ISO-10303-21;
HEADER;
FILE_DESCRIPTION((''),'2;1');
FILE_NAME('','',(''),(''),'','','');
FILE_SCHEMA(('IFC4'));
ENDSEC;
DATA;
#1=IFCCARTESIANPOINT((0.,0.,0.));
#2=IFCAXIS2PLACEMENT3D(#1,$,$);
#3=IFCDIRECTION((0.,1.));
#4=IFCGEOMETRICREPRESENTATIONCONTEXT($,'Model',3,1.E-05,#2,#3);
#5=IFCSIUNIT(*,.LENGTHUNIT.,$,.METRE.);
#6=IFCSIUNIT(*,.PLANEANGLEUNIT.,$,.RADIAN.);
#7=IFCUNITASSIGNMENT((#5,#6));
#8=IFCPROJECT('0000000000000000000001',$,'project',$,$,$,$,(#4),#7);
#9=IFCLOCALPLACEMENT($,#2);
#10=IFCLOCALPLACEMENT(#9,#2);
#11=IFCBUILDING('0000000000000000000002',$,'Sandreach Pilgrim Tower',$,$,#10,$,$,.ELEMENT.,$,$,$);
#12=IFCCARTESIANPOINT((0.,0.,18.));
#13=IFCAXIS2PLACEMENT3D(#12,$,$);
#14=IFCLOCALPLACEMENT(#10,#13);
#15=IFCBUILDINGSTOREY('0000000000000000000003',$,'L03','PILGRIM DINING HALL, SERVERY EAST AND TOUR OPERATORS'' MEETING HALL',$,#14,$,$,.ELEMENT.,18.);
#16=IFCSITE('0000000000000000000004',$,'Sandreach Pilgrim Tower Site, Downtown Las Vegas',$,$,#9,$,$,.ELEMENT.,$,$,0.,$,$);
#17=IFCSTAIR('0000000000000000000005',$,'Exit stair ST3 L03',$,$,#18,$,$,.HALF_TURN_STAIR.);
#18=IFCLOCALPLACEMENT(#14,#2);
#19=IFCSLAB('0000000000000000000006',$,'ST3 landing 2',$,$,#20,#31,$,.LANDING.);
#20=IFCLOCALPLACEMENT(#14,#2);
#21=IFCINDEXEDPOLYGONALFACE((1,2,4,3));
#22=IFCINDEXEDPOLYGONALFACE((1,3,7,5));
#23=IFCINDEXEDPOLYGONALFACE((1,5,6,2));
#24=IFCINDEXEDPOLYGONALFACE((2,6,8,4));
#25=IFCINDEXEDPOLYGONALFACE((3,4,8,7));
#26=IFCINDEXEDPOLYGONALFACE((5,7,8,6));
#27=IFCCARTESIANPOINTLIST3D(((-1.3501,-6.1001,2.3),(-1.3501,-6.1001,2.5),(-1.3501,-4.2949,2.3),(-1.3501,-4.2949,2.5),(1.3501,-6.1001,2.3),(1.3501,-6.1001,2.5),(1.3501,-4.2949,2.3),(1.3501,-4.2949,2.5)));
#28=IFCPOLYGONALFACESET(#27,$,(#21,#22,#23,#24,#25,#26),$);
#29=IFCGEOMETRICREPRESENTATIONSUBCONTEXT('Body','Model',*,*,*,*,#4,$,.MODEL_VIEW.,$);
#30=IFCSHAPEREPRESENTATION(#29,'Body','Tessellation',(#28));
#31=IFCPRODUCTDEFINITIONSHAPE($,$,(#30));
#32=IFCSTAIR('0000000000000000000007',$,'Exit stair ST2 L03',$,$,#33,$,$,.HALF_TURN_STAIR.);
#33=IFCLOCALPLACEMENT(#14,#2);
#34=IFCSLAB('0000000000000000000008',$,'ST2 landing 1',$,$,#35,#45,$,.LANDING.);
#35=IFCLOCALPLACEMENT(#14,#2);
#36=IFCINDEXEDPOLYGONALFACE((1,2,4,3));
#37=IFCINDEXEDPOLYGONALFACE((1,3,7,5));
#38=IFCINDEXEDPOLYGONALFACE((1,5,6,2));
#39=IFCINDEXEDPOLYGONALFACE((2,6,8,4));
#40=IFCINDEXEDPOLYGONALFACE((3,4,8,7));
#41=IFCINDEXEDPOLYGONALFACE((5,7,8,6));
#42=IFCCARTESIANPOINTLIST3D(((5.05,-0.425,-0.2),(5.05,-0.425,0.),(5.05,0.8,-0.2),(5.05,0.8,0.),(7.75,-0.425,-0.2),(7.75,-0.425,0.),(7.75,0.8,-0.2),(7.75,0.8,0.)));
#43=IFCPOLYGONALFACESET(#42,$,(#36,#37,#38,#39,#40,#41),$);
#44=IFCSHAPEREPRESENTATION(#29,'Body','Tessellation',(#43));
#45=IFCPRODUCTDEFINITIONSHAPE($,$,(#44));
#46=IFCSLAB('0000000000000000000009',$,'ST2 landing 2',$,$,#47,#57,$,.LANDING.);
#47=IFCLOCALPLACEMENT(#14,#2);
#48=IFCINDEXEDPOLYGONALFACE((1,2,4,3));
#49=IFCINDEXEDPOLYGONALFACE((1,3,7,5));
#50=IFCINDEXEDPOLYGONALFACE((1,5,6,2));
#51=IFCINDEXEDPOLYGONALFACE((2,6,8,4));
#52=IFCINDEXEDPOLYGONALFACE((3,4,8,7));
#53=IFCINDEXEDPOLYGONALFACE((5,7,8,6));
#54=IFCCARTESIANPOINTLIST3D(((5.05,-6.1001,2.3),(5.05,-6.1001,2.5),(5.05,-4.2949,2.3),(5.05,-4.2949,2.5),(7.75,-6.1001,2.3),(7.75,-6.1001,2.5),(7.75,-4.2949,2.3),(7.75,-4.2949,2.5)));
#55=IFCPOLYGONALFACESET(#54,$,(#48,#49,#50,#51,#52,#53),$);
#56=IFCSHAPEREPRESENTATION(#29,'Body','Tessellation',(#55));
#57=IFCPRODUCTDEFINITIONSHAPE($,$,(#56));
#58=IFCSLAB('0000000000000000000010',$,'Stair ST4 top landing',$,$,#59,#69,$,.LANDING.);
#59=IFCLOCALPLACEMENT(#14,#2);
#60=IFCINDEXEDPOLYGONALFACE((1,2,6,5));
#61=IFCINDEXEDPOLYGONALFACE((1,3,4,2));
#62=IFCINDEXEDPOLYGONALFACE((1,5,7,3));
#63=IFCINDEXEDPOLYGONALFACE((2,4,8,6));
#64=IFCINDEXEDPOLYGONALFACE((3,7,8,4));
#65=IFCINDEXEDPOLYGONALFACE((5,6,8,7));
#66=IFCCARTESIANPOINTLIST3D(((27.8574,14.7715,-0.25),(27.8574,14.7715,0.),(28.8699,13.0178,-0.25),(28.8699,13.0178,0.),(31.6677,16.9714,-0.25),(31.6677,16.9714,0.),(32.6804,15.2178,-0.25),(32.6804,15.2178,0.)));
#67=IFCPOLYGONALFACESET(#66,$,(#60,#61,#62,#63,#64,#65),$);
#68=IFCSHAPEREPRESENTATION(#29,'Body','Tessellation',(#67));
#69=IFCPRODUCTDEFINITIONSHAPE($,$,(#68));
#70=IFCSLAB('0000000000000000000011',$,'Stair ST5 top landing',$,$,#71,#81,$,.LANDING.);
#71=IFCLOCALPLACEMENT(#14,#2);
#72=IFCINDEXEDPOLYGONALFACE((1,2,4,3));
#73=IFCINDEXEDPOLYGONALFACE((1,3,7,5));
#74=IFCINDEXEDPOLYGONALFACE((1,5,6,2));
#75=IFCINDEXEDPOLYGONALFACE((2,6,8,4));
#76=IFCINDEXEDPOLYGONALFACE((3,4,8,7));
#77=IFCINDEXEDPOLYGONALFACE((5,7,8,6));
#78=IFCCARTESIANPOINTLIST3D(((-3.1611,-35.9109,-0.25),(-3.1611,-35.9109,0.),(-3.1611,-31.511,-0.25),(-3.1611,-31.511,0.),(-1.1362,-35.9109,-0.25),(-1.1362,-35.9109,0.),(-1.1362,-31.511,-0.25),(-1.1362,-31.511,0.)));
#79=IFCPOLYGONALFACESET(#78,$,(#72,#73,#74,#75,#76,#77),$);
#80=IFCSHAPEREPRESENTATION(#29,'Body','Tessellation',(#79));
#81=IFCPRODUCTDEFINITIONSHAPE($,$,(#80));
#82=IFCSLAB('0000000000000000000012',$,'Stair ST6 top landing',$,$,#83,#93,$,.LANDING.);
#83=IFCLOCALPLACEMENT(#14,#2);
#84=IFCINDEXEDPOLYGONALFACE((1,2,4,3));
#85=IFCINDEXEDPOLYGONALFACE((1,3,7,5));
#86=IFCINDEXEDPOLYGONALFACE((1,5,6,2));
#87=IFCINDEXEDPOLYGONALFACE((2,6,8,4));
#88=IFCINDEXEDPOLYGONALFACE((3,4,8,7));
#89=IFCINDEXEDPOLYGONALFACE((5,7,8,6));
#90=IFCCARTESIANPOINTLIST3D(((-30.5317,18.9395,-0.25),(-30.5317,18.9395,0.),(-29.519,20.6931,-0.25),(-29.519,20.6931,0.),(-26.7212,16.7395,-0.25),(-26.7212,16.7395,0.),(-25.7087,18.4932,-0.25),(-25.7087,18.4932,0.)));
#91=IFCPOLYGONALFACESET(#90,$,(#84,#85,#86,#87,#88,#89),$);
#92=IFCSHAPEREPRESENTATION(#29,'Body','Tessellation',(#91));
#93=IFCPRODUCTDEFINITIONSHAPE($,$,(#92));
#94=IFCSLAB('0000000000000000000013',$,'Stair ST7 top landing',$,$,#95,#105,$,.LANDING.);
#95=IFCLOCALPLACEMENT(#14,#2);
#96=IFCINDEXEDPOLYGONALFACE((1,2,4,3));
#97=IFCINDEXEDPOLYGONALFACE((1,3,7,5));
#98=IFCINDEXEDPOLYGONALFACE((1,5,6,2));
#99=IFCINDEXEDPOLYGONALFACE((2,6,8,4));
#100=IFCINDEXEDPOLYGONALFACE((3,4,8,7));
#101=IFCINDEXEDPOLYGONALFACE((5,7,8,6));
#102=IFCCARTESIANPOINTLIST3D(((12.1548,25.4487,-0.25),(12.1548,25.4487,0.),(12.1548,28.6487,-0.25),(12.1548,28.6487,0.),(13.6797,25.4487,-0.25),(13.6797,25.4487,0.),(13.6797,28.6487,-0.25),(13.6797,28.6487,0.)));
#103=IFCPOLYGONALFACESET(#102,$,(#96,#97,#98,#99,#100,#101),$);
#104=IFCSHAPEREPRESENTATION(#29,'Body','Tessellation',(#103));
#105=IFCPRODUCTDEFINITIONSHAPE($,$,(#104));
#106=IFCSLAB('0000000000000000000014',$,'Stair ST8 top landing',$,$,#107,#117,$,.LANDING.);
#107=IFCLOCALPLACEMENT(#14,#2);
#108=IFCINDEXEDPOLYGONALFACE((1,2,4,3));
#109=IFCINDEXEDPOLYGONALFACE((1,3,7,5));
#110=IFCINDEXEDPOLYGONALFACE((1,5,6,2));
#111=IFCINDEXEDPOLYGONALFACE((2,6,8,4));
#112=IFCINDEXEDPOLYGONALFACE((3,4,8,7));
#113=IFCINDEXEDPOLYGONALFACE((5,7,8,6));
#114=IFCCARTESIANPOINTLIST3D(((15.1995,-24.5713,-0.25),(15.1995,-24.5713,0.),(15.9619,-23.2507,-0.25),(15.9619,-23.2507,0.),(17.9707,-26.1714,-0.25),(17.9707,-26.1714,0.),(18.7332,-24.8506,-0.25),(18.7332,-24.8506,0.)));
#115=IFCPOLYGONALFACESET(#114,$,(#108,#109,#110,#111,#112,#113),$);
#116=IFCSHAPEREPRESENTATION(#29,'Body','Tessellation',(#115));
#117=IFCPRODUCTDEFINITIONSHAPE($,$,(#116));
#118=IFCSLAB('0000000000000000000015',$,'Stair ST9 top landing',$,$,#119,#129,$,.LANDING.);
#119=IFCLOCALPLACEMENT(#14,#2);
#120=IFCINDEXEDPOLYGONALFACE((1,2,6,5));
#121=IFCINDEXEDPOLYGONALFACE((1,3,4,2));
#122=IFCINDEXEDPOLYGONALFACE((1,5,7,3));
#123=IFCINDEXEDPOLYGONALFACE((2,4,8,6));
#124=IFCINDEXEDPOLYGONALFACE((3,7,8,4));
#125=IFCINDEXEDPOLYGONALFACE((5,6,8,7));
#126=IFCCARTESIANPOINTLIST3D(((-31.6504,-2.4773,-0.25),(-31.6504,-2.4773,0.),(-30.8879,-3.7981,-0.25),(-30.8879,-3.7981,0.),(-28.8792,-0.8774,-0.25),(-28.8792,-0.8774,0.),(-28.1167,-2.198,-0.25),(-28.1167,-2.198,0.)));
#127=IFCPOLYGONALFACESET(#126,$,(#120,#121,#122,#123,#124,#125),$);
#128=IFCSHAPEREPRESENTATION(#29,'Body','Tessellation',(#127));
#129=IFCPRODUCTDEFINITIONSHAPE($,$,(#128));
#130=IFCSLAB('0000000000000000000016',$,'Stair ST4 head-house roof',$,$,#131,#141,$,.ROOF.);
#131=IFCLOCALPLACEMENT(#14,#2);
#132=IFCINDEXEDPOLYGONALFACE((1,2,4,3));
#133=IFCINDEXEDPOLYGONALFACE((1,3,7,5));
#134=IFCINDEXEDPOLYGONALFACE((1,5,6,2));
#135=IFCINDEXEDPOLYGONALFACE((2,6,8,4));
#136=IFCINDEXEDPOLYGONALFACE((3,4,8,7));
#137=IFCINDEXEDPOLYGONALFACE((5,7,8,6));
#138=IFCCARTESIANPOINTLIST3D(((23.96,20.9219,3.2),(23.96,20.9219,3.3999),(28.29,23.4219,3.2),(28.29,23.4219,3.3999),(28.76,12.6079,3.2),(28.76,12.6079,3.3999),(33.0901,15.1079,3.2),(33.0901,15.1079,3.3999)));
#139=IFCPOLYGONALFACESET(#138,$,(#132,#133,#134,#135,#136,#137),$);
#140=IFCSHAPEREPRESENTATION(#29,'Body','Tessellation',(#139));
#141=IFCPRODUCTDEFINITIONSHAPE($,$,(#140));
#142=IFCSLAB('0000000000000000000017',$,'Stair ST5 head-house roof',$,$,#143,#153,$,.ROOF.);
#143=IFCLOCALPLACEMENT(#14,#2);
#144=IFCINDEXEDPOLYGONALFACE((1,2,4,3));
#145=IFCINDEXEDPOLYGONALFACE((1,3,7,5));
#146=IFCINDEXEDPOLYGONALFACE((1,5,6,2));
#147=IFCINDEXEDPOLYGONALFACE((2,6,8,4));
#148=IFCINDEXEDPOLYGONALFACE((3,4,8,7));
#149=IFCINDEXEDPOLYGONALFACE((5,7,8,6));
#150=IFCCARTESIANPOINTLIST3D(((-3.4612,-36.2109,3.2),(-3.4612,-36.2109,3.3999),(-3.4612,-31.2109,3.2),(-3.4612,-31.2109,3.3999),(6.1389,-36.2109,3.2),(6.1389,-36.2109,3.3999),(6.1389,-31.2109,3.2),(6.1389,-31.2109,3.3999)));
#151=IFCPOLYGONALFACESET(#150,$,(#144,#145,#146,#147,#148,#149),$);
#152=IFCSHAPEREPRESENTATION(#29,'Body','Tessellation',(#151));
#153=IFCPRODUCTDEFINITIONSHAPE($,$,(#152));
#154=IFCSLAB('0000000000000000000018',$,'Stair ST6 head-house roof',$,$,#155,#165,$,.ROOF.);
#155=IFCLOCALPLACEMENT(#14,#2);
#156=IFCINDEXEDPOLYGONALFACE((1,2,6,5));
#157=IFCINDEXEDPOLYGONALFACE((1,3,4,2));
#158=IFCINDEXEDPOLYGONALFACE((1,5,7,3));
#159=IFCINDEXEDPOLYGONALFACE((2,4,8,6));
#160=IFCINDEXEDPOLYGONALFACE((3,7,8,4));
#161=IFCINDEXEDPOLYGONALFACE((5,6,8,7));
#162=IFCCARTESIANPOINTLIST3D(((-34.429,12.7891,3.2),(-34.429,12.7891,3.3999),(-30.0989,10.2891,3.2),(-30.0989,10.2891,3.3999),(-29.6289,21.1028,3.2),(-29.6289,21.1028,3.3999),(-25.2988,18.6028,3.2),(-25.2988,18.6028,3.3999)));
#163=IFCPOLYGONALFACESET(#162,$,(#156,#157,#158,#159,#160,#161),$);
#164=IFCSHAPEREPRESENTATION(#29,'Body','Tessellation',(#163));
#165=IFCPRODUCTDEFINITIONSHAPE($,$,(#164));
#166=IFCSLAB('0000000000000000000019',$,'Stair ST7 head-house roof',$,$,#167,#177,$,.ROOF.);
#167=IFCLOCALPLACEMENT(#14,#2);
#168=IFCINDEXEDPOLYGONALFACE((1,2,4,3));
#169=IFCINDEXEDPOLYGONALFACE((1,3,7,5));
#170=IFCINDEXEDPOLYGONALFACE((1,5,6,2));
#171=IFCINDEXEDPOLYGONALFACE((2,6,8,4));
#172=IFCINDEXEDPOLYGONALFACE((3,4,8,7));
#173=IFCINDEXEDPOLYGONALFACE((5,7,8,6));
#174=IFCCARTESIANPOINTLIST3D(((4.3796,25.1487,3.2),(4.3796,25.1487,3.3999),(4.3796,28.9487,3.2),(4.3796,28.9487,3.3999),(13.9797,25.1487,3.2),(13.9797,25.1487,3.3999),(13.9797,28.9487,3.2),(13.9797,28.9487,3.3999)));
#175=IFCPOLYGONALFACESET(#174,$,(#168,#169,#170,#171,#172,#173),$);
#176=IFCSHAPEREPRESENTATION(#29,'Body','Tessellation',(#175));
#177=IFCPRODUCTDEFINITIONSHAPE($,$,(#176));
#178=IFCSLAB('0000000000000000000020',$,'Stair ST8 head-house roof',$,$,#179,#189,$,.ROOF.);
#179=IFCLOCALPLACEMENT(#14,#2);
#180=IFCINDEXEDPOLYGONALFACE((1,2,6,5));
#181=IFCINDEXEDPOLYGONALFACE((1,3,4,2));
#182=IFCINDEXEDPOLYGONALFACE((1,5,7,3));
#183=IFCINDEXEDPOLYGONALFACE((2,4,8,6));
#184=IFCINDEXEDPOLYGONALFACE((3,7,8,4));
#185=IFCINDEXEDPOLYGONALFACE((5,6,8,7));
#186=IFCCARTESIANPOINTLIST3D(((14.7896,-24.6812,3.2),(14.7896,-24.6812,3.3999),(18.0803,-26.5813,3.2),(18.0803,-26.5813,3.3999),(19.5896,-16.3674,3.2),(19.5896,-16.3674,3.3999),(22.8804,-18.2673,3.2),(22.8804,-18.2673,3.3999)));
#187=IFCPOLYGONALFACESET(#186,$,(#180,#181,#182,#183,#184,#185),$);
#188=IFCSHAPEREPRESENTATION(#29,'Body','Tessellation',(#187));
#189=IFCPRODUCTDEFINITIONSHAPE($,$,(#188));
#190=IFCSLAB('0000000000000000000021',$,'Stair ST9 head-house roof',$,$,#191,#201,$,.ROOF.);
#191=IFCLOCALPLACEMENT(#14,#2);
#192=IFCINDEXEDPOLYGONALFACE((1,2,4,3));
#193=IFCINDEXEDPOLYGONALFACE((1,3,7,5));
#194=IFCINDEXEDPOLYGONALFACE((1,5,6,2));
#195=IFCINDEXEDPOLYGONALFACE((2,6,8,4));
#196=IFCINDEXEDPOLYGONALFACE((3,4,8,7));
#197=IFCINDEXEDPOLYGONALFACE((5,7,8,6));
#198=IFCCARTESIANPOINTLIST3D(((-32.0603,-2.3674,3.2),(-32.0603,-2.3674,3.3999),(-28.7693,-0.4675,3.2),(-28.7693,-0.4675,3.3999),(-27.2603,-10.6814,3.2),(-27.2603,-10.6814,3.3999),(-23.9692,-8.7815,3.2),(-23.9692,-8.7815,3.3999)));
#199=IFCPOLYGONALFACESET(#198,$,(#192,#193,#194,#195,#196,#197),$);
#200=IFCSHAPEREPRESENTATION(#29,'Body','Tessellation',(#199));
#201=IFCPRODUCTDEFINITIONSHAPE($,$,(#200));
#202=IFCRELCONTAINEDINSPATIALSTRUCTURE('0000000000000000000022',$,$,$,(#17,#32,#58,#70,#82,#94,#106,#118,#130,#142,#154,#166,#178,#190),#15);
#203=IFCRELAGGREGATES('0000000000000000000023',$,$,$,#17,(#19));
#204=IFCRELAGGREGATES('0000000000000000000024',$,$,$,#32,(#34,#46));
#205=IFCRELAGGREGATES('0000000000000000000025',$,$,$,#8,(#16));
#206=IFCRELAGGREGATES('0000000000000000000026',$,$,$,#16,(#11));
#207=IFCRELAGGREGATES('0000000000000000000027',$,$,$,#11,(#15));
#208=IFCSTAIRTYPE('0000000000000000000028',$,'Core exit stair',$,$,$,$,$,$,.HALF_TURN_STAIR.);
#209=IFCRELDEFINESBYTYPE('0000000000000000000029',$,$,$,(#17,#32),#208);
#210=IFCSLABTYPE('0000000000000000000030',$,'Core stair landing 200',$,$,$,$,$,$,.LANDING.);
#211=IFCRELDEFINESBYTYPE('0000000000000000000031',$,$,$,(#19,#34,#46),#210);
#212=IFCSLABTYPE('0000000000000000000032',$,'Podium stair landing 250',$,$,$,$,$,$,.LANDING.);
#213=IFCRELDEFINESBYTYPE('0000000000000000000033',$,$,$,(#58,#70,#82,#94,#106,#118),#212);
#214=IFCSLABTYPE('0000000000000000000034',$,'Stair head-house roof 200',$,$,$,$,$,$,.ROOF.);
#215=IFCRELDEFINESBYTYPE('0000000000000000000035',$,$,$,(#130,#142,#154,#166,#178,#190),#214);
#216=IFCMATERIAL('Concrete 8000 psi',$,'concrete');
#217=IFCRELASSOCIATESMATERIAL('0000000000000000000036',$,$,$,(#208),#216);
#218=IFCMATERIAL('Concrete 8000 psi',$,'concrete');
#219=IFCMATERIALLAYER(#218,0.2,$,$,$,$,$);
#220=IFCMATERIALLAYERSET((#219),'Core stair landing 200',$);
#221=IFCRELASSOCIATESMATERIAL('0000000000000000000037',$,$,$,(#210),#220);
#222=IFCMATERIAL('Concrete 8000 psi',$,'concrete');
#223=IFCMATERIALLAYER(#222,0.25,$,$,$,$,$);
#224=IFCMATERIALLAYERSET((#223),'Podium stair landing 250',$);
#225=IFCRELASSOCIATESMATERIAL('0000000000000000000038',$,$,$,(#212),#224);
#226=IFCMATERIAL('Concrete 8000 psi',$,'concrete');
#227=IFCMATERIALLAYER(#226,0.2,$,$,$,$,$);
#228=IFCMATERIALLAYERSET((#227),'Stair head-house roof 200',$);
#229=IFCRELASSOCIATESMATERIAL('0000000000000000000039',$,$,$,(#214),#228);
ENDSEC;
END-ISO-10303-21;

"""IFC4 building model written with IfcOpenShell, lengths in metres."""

from ifc_helpers import new_model, si_unit, direction, frame, origin, place, context, subcontext, project, spatial, polyline, outline, extrude, material, layer, layer_set, type_object, element, aggregate, save


model = new_model("IFC4")

# Units and contexts
model_context = context("Model", 3, precision=1e-05, world=origin(), true_north=direction((0.0, 1.0)))
body_context = subcontext(model_context, "Body", "Model", "MODEL_VIEW")
ifc_project = project(units=[si_unit("LENGTHUNIT", "METRE"), si_unit("PLANEANGLEUNIT", "RADIAN")], contexts=[model_context])

# Site, building, storey
site_placement = place(None, origin())
site = spatial("IfcSite", under=ifc_project, at=site_placement, Name="Sandreach Pilgrim Tower Site, Downtown Las Vegas", CompositionType="ELEMENT", RefElevation=0.0)
building_placement = place(site_placement, origin())
building = spatial("IfcBuilding", under=site, at=building_placement, Name="Sandreach Pilgrim Tower", CompositionType="ELEMENT")
storey_placement = place(building_placement, frame((0.0, 0.0, 18.0)))
storey = spatial("IfcBuildingStorey", under=building, at=storey_placement, Name="L03", Description="PILGRIM DINING HALL, SERVERY EAST AND TOUR OPERATORS' MEETING HALL", CompositionType="ELEMENT", Elevation=18.0)

# Stair, slab
ifc_material_1 = material(Name="Concrete 8000 psi", Category="concrete")
stair_type = type_object("IfcStairType", Name="Core exit stair", PredefinedType="HALF_TURN_STAIR", material=ifc_material_1)
stair_1_placement = place(storey_placement, origin())
stair_1 = element("IfcStair", 1, at=stair_1_placement, inside=storey, type_object=stair_type, Name="Exit stair ST3 L03", PredefinedType="HALF_TURN_STAIR")
ifc_material_2 = material(Name="Concrete 8000 psi", Category="concrete")
ifc_layer_1 = layer(ifc_material_2, 0.2)
ifc_layer_set_1 = layer_set([ifc_layer_1], Name="Core stair landing 200")
slab_type_1 = type_object("IfcSlabType", Name="Core stair landing 200", PredefinedType="LANDING", material=ifc_layer_set_1)
slab_1_placement = place(storey_placement, frame((0.0, 0.0, 2.3)))
slab_1 = element("IfcSlab", 2, at=slab_1_placement, type_object=slab_type_1, Name="ST3 landing 2", PredefinedType="LANDING", context=body_context, shape_type="SweptSolid", body=[
    extrude(outline(polyline([(-1.3501, -6.1001), (1.3501, -6.1001), (1.3501, -4.2949), (-1.3501, -4.2949), (-1.3501, -6.1001)])), origin(), (0.0, 0.0, 1.0), 0.2),
])
aggregate(stair_1, [slab_1])

# Stair, slabs
stair_2_placement = place(storey_placement, origin())
stair_2 = element("IfcStair", 3, at=stair_2_placement, inside=storey, type_object=stair_type, Name="Exit stair ST2 L03", PredefinedType="HALF_TURN_STAIR")
slab_2_placement = place(storey_placement, frame((0.0, 0.0, -0.2)))
slab_2 = element("IfcSlab", 4, at=slab_2_placement, type_object=slab_type_1, Name="ST2 landing 1", PredefinedType="LANDING", context=body_context, shape_type="SweptSolid", body=[
    extrude(outline(polyline([(5.05, -0.425), (7.75, -0.425), (7.75, 0.8), (5.05, 0.8), (5.05, -0.425)])), origin(), (0.0, 0.0, 1.0), 0.2),
])
slab_3_placement = place(storey_placement, frame((0.0, 0.0, 2.3)))
slab_3 = element("IfcSlab", 5, at=slab_3_placement, type_object=slab_type_1, Name="ST2 landing 2", PredefinedType="LANDING", context=body_context, shape_type="SweptSolid", body=[
    extrude(outline(polyline([(5.05, -6.1001), (7.75, -6.1001), (7.75, -4.2949), (5.05, -4.2949), (5.05, -6.1001)])), origin(), (0.0, 0.0, 1.0), 0.2),
])
aggregate(stair_2, [slab_2, slab_3])

# Slabs
ifc_material_3 = material(Name="Concrete 8000 psi", Category="concrete")
ifc_layer_2 = layer(ifc_material_3, 0.25)
ifc_layer_set_2 = layer_set([ifc_layer_2], Name="Podium stair landing 250")
slab_type_2 = type_object("IfcSlabType", Name="Podium stair landing 250", PredefinedType="LANDING", material=ifc_layer_set_2)
slab_4_placement = place(storey_placement, frame((0.0, 0.0, -0.25)))
element("IfcSlab", 6, at=slab_4_placement, inside=storey, type_object=slab_type_2, Name="Stair ST4 top landing", PredefinedType="LANDING", context=body_context, shape_type="SweptSolid", body=[
    extrude(outline(polyline([(28.8699, 13.0178), (27.8574, 14.7715), (31.6677, 16.9714), (32.6804, 15.2178), (28.8699, 13.0178)])), origin(), (0.0, 0.0, 1.0), 0.25),
])
slab_5_placement = place(storey_placement, frame((0.0, 0.0, -0.25)))
element("IfcSlab", 7, at=slab_5_placement, inside=storey, type_object=slab_type_2, Name="Stair ST5 top landing", PredefinedType="LANDING", context=body_context, shape_type="SweptSolid", body=[
    extrude(outline(polyline([(-3.1611, -31.511), (-1.1362, -31.511), (-1.1362, -35.9109), (-3.1611, -35.9109), (-3.1611, -31.511)])), origin(), (0.0, 0.0, 1.0), 0.25),
])
slab_6_placement = place(storey_placement, frame((0.0, 0.0, -0.25)))
element("IfcSlab", 8, at=slab_6_placement, inside=storey, type_object=slab_type_2, Name="Stair ST6 top landing", PredefinedType="LANDING", context=body_context, shape_type="SweptSolid", body=[
    extrude(outline(polyline([(-25.7087, 18.4932), (-26.7212, 16.7395), (-30.5317, 18.9395), (-29.519, 20.6931), (-25.7087, 18.4932)])), origin(), (0.0, 0.0, 1.0), 0.25),
])
slab_7_placement = place(storey_placement, frame((0.0, 0.0, -0.25)))
element("IfcSlab", 9, at=slab_7_placement, inside=storey, type_object=slab_type_2, Name="Stair ST7 top landing", PredefinedType="LANDING", context=body_context, shape_type="SweptSolid", body=[
    extrude(outline(polyline([(13.6797, 25.4487), (12.1548, 25.4487), (12.1548, 28.6487), (13.6797, 28.6487), (13.6797, 25.4487)])), origin(), (0.0, 0.0, 1.0), 0.25),
])
slab_8_placement = place(storey_placement, frame((0.0, 0.0, -0.25)))
element("IfcSlab", 10, at=slab_8_placement, inside=storey, type_object=slab_type_2, Name="Stair ST8 top landing", PredefinedType="LANDING", context=body_context, shape_type="SweptSolid", body=[
    extrude(outline(polyline([(15.1995, -24.5713), (15.9619, -23.2507), (18.7332, -24.8506), (17.9707, -26.1714), (15.1995, -24.5713)])), origin(), (0.0, 0.0, 1.0), 0.25),
])
slab_9_placement = place(storey_placement, frame((0.0, 0.0, -0.25)))
element("IfcSlab", 11, at=slab_9_placement, inside=storey, type_object=slab_type_2, Name="Stair ST9 top landing", PredefinedType="LANDING", context=body_context, shape_type="SweptSolid", body=[
    extrude(outline(polyline([(-28.8792, -0.8774), (-28.1167, -2.198), (-30.8879, -3.7981), (-31.6504, -2.4773), (-28.8792, -0.8774)])), origin(), (0.0, 0.0, 1.0), 0.25),
])
ifc_material_4 = material(Name="Concrete 8000 psi", Category="concrete")
ifc_layer_3 = layer(ifc_material_4, 0.2)
ifc_layer_set_3 = layer_set([ifc_layer_3], Name="Stair head-house roof 200")
slab_type_3 = type_object("IfcSlabType", Name="Stair head-house roof 200", PredefinedType="ROOF", material=ifc_layer_set_3)
slab_10_placement = place(storey_placement, frame((0.0, 0.0, 3.2)))
element("IfcSlab", 12, at=slab_10_placement, inside=storey, type_object=slab_type_3, Name="Stair ST4 head-house roof", PredefinedType="ROOF", context=body_context, shape_type="SweptSolid", body=[
    extrude(outline(polyline([(28.76, 12.6079), (23.96, 20.9219), (28.29, 23.4219), (33.0901, 15.1079), (28.76, 12.6079)])), origin(), (0.0, 0.0, 1.0), 0.2),
])
slab_11_placement = place(storey_placement, frame((0.0, 0.0, 3.2)))
element("IfcSlab", 13, at=slab_11_placement, inside=storey, type_object=slab_type_3, Name="Stair ST5 head-house roof", PredefinedType="ROOF", context=body_context, shape_type="SweptSolid", body=[
    extrude(outline(polyline([(-3.4612, -31.2109), (6.1389, -31.2109), (6.1389, -36.2109), (-3.4612, -36.2109), (-3.4612, -31.2109)])), origin(), (0.0, 0.0, 1.0), 0.2),
])
slab_12_placement = place(storey_placement, frame((0.0, 0.0, 3.2)))
element("IfcSlab", 14, at=slab_12_placement, inside=storey, type_object=slab_type_3, Name="Stair ST6 head-house roof", PredefinedType="ROOF", context=body_context, shape_type="SweptSolid", body=[
    extrude(outline(polyline([(-25.2988, 18.6028), (-30.0989, 10.2891), (-34.429, 12.7891), (-29.6289, 21.1028), (-25.2988, 18.6028)])), origin(), (0.0, 0.0, 1.0), 0.2),
])
slab_13_placement = place(storey_placement, frame((0.0, 0.0, 3.2)))
element("IfcSlab", 15, at=slab_13_placement, inside=storey, type_object=slab_type_3, Name="Stair ST7 head-house roof", PredefinedType="ROOF", context=body_context, shape_type="SweptSolid", body=[
    extrude(outline(polyline([(13.9797, 25.1487), (4.3796, 25.1487), (4.3796, 28.9487), (13.9797, 28.9487), (13.9797, 25.1487)])), origin(), (0.0, 0.0, 1.0), 0.2),
])
slab_14_placement = place(storey_placement, frame((0.0, 0.0, 3.2)))
element("IfcSlab", 16, at=slab_14_placement, inside=storey, type_object=slab_type_3, Name="Stair ST8 head-house roof", PredefinedType="ROOF", context=body_context, shape_type="SweptSolid", body=[
    extrude(outline(polyline([(14.7896, -24.6812), (19.5896, -16.3674), (22.8804, -18.2673), (18.0803, -26.5813), (14.7896, -24.6812)])), origin(), (0.0, 0.0, 1.0), 0.2),
])
slab_15_placement = place(storey_placement, frame((0.0, 0.0, 3.2)))
element("IfcSlab", 17, at=slab_15_placement, inside=storey, type_object=slab_type_3, Name="Stair ST9 head-house roof", PredefinedType="ROOF", context=body_context, shape_type="SweptSolid", body=[
    extrude(outline(polyline([(-28.7693, -0.4675), (-23.9692, -8.7815), (-27.2603, -10.6814), (-32.0603, -2.3674), (-28.7693, -0.4675)])), origin(), (0.0, 0.0, 1.0), 0.2),
])

save(model, "model.ifc")
